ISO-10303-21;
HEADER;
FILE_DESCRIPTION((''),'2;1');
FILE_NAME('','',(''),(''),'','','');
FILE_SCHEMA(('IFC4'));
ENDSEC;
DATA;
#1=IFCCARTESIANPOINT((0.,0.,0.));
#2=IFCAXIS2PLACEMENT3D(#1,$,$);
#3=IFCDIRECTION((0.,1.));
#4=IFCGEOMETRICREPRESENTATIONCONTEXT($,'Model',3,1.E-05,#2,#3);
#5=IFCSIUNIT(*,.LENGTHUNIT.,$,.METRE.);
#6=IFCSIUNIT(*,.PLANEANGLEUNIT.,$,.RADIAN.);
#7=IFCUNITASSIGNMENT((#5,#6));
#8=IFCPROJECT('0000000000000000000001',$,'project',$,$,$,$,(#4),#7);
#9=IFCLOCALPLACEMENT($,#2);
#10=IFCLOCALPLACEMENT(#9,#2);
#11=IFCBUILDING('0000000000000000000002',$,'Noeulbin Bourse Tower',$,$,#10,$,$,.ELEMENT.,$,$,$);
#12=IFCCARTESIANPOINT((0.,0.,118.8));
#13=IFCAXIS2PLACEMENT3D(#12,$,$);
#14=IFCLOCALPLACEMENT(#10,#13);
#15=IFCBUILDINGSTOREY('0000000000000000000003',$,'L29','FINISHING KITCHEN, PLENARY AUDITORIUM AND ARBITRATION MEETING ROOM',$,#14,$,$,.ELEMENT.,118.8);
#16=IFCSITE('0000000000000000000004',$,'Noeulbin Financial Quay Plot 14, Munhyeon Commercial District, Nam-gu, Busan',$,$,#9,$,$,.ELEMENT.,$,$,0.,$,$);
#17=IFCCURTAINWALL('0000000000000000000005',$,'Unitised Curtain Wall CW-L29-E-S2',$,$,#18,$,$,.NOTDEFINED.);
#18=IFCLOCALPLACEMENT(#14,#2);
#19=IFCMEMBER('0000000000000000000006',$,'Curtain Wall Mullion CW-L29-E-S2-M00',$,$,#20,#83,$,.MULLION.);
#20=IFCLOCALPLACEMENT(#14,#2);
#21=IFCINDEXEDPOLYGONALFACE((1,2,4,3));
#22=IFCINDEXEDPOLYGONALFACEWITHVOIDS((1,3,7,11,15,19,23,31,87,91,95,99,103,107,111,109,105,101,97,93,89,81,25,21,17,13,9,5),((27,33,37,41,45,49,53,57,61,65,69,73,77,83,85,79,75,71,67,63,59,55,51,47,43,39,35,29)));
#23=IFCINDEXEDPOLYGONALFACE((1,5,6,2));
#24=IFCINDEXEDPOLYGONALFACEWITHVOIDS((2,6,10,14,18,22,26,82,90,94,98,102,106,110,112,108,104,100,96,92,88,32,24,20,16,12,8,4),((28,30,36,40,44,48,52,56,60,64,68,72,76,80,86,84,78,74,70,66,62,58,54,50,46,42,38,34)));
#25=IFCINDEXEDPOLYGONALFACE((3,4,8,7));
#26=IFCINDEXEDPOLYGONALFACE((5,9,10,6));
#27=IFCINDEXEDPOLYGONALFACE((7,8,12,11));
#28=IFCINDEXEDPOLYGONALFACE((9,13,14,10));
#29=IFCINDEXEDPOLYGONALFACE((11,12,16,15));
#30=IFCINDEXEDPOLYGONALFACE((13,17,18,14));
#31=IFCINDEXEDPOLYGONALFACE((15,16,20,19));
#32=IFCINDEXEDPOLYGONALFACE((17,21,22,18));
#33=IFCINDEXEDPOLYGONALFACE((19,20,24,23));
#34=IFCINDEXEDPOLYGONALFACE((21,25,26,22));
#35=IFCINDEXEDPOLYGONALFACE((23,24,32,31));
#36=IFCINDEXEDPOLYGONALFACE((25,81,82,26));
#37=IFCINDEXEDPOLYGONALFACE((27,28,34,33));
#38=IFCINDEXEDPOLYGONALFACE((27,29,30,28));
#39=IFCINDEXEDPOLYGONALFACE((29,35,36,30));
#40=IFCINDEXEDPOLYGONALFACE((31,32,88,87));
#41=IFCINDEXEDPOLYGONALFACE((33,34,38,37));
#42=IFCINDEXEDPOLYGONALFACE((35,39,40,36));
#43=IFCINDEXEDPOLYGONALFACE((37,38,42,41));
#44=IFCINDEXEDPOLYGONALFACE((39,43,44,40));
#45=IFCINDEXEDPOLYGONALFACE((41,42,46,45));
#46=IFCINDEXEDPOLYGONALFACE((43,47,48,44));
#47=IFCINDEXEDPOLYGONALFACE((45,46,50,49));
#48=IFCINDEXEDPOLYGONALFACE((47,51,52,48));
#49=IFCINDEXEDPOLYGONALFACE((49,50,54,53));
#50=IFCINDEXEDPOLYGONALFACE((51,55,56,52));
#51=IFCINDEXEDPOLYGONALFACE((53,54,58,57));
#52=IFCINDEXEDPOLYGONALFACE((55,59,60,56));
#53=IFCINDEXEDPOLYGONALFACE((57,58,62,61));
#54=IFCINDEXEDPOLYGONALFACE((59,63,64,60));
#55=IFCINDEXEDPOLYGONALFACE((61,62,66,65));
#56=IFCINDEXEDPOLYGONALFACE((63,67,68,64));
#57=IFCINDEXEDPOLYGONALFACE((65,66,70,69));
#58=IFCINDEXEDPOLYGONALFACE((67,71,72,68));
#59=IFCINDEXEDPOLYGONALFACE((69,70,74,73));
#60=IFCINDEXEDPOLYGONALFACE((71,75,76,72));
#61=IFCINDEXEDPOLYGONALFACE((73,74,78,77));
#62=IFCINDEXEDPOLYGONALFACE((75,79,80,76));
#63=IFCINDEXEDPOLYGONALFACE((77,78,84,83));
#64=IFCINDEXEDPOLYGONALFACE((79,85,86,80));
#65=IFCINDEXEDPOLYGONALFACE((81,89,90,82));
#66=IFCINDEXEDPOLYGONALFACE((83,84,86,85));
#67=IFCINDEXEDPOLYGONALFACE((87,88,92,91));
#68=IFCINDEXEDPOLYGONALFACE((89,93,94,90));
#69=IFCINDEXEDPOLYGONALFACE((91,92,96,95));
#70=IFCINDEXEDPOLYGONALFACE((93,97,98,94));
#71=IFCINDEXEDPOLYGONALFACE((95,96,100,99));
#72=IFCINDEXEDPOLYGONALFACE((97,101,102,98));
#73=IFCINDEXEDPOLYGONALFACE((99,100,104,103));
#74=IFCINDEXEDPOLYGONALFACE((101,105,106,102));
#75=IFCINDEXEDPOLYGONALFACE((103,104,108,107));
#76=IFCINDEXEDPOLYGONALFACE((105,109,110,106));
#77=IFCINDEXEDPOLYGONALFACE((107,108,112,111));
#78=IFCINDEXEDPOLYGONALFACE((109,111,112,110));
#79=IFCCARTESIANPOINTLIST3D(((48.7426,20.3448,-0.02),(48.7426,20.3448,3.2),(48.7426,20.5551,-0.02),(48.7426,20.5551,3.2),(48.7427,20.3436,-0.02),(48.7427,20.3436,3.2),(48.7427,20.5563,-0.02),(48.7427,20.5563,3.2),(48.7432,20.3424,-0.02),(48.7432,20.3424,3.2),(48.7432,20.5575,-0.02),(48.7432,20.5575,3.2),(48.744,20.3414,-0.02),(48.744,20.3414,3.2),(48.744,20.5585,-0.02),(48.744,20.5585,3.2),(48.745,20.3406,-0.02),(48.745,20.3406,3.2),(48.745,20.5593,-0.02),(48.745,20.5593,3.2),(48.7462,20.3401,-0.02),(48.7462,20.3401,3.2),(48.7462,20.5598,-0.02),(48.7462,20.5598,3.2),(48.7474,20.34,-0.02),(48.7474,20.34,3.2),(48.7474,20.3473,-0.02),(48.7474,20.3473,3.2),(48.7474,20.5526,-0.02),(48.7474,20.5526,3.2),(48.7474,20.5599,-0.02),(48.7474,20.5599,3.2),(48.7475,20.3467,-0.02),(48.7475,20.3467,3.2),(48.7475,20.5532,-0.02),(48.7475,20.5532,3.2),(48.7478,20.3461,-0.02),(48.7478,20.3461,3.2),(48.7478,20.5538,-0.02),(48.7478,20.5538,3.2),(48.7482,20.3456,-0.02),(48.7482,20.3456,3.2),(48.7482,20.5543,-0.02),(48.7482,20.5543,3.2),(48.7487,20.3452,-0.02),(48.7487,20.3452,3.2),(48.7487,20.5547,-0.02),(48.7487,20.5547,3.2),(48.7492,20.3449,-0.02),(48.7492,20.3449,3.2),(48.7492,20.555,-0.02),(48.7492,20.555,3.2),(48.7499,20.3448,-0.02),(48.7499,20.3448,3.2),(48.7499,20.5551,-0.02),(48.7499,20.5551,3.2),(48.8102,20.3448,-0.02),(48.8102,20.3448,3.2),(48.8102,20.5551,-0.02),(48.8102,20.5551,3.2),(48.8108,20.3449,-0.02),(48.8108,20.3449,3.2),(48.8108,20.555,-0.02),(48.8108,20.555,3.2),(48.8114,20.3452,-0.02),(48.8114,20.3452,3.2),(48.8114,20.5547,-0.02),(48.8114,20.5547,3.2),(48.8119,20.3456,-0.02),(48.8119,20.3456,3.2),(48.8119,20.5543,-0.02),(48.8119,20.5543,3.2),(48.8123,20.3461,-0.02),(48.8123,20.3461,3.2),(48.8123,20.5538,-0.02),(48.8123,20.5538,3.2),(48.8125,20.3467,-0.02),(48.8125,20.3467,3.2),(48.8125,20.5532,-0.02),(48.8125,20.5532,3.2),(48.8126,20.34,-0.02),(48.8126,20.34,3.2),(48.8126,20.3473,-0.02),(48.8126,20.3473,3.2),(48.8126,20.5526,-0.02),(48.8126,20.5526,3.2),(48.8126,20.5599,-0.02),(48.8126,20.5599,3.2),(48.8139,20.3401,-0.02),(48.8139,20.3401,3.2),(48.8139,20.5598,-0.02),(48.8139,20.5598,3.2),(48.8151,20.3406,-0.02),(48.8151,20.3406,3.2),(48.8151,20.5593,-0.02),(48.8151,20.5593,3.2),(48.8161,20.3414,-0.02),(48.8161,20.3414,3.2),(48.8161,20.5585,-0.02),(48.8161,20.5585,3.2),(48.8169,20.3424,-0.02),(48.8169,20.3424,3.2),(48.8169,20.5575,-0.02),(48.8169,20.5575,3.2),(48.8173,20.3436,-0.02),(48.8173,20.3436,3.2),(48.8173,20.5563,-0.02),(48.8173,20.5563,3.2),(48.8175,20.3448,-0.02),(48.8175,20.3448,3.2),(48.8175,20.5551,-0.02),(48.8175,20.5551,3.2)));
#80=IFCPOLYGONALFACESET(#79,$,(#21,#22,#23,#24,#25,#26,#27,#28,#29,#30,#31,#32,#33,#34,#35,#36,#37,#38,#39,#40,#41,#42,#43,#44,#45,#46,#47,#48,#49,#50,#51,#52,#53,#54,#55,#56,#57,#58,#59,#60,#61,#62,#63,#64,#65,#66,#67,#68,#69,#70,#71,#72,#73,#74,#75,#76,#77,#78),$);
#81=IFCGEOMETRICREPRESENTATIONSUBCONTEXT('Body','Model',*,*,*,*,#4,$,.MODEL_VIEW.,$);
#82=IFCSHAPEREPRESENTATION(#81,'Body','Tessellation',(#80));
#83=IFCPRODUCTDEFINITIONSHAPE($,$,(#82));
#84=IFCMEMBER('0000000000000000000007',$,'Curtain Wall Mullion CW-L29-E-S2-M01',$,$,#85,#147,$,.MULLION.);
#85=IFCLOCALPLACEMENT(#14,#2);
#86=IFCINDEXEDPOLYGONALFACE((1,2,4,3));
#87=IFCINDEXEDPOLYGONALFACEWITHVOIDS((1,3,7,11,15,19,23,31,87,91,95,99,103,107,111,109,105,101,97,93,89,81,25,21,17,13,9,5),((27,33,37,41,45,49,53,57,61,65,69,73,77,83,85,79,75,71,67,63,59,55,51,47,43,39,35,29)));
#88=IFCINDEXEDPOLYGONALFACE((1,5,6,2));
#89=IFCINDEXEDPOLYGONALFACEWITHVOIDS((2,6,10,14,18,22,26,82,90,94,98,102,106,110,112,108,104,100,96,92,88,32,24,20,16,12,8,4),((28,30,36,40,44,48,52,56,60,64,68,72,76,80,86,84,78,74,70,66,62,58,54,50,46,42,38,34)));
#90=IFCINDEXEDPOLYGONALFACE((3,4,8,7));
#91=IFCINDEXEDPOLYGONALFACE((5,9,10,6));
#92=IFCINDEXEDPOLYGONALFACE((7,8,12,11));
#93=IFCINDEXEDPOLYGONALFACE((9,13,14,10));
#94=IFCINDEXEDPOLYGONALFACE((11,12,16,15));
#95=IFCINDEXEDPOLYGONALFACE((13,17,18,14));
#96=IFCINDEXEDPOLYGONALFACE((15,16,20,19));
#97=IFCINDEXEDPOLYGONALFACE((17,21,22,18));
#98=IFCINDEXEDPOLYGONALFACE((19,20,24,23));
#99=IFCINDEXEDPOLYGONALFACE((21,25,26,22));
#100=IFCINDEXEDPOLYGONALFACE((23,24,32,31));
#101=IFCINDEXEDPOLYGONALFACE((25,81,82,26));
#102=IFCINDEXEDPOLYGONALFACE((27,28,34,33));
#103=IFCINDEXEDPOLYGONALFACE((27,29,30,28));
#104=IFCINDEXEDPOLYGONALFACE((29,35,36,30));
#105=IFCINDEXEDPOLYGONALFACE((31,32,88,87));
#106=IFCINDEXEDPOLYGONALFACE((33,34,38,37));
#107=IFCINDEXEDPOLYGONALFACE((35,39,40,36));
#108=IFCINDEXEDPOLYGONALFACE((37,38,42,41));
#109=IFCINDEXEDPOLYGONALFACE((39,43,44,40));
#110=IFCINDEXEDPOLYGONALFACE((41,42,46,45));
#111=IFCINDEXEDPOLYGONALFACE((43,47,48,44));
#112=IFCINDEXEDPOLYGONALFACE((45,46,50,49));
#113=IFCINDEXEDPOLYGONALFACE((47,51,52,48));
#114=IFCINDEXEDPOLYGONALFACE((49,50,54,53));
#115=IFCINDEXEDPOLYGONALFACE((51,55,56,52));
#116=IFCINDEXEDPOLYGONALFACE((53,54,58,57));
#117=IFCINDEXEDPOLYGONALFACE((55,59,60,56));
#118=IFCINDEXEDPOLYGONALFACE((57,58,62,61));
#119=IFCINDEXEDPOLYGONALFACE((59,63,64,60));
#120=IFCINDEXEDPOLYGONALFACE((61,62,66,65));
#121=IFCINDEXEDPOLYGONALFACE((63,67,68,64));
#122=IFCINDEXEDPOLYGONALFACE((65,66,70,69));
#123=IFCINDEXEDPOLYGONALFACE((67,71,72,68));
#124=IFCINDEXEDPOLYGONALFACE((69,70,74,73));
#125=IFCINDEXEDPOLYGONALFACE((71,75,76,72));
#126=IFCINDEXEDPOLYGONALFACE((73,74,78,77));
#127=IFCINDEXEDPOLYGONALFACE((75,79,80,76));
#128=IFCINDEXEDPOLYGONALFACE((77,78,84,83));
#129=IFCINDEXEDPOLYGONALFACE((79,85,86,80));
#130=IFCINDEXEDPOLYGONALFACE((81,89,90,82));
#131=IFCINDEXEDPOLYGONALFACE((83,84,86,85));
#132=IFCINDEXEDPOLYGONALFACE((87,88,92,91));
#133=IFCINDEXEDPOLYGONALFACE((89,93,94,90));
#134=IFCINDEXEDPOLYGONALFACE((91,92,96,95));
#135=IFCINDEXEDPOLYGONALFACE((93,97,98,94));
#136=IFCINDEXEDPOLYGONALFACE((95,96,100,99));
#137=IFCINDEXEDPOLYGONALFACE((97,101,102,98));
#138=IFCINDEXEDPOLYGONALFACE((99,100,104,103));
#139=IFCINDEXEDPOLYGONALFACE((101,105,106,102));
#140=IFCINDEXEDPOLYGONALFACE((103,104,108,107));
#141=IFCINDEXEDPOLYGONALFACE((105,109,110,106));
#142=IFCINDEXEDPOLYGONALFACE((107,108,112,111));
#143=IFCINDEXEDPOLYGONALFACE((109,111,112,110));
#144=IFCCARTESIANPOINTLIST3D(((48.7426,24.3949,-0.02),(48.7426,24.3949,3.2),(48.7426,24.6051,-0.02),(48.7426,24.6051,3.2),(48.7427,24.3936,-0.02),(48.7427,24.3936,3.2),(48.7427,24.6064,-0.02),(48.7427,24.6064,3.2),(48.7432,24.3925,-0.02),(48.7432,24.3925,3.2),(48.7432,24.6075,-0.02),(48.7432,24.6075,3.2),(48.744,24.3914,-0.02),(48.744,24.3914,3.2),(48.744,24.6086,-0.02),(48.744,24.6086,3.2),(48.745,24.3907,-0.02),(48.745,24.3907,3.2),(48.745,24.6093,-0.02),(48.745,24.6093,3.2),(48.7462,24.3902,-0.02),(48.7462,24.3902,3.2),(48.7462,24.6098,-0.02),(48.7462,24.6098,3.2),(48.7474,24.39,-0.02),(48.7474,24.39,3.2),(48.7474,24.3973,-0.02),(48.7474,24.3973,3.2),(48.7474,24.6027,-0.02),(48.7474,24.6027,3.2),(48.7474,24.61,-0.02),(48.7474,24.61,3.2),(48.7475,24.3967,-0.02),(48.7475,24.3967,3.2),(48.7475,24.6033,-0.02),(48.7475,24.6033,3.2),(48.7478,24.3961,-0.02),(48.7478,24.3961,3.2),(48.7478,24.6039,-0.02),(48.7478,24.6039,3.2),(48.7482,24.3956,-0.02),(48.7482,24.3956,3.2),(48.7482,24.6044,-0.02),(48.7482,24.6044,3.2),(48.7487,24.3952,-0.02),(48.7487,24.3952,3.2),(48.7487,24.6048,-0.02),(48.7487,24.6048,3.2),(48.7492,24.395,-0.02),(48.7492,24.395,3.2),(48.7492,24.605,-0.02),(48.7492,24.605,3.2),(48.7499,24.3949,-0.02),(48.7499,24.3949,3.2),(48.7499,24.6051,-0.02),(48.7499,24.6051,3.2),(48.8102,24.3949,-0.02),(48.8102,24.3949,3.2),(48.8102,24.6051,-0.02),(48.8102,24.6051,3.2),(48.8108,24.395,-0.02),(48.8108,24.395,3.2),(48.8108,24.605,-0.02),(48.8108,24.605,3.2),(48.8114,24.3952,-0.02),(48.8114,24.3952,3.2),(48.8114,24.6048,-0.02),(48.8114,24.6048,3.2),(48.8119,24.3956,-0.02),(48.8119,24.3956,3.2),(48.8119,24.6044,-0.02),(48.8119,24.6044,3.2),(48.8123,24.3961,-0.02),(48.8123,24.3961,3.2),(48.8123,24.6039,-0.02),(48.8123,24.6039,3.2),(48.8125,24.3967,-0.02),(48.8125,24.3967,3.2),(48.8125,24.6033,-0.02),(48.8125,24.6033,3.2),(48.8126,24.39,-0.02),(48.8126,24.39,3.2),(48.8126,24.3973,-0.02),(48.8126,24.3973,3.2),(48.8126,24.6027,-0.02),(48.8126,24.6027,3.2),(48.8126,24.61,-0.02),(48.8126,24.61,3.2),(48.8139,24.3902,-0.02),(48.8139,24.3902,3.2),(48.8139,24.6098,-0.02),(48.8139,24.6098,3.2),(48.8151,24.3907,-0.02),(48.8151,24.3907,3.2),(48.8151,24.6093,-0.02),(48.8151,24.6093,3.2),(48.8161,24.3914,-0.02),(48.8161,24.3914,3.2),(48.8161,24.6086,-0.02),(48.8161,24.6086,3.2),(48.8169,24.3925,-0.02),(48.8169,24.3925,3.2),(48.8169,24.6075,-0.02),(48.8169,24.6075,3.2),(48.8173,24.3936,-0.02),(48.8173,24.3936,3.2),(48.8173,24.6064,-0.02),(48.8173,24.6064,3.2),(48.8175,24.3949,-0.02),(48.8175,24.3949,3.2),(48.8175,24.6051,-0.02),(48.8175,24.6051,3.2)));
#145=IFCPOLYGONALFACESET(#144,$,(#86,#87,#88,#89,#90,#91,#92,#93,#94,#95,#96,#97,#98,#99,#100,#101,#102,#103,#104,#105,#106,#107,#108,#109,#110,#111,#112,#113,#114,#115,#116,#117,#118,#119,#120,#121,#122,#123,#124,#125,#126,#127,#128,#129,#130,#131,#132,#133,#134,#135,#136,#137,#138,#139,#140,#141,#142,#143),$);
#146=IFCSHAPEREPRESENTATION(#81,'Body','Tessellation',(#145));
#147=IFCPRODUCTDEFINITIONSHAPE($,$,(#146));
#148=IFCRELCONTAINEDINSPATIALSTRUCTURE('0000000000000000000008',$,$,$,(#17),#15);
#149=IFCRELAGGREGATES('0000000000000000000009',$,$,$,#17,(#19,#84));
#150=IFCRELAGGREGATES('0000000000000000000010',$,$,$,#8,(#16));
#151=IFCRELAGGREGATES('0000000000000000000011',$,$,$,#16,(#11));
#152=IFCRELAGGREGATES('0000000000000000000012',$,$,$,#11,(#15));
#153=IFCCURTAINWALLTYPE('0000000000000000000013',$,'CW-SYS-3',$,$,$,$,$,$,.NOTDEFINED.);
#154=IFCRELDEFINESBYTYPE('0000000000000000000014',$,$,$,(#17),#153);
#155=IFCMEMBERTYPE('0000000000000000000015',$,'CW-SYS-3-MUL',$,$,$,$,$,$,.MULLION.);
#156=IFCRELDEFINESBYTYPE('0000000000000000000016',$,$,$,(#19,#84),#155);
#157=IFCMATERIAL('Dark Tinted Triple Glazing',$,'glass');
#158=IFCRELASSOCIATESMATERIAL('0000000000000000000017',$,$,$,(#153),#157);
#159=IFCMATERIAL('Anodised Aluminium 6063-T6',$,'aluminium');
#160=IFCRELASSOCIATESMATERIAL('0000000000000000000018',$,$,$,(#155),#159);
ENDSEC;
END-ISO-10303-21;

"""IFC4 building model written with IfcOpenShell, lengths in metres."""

from ifc_helpers import new_model, si_unit, direction, frame, origin, origin_2d, place, context, subcontext, project, spatial, hollow_rectangle, extrude, material, material_profile, profile_set, type_object, element, aggregate, save


model = new_model("IFC4")

# Units and contexts
model_context = context("Model", 3, precision=1e-05, world=origin(), true_north=direction((0.0, 1.0)))
body_context = subcontext(model_context, "Body", "Model", "MODEL_VIEW")
ifc_project = project(units=[si_unit("LENGTHUNIT", "METRE"), si_unit("PLANEANGLEUNIT", "RADIAN")], contexts=[model_context])

# Site, building, storey
site_placement = place(None, origin())
site = spatial("IfcSite", under=ifc_project, at=site_placement, Name="Noeulbin Financial Quay Plot 14, Munhyeon Commercial District, Nam-gu, Busan", CompositionType="ELEMENT", RefElevation=0.0)
building_placement = place(site_placement, origin())
building = spatial("IfcBuilding", under=site, at=building_placement, Name="Noeulbin Bourse Tower", CompositionType="ELEMENT")
storey_placement = place(building_placement, frame((0.0, 0.0, 118.8)))
storey = spatial("IfcBuildingStorey", under=building, at=storey_placement, Name="L29", Description="FINISHING KITCHEN, PLENARY AUDITORIUM AND ARBITRATION MEETING ROOM", CompositionType="ELEMENT", Elevation=118.8)

# Curtain wall, members
ifc_material_1 = material(Name="Dark Tinted Triple Glazing", Category="glass")
curtain_wall_type = type_object("IfcCurtainWallType", Name="CW-SYS-3", PredefinedType="NOTDEFINED", material=ifc_material_1)
curtain_wall_1_placement = place(storey_placement, origin())
curtain_wall_1 = element("IfcCurtainWall", 1, at=curtain_wall_1_placement, inside=storey, type_object=curtain_wall_type, Name="Unitised Curtain Wall CW-L29-E-S2", PredefinedType="NOTDEFINED")
ifc_material_2 = material(Name="Anodised Aluminium 6063-T6", Category="aluminium")
ifc_material_profile_1 = material_profile(ifc_material_2, hollow_rectangle(XDim=0.075, YDim=0.22, WallThickness=0.0049, InnerFilletRadius=0.0024, OuterFilletRadius=0.0049, at=origin_2d()), Name="ALU-MULL-75x220x5", Category="LoadBearing")
ifc_profile_set_1 = profile_set([ifc_material_profile_1], Name="Anodised Aluminium 6063-T6")
member_type_1 = type_object("IfcMemberType", Name="CW-SYS-3-MUL", PredefinedType="MULLION", material=ifc_profile_set_1)
member_1_placement = place(storey_placement, frame((48.78, 20.45, -0.02), z_axis=(0.0, 0.0, 1.0), x_axis=(1.0, 0.0, 0.0)))
member_1 = element("IfcMember", 2, at=member_1_placement, type_object=member_type_1, Name="Curtain Wall Mullion CW-L29-E-S2-M00", PredefinedType="MULLION", context=body_context, shape_type="SweptSolid", body=[
    extrude(hollow_rectangle(XDim=0.075, YDim=0.22, WallThickness=0.0049, InnerFilletRadius=0.0024, OuterFilletRadius=0.0049, at=origin_2d()), origin(), (0.0, 0.0, 1.0), 3.22),
])
member_2_placement = place(storey_placement, frame((48.78, 24.5, -0.02), z_axis=(0.0, 0.0, 1.0), x_axis=(1.0, 0.0, 0.0)))
member_2 = element("IfcMember", 3, at=member_2_placement, type_object=member_type_1, Name="Curtain Wall Mullion CW-L29-E-S2-M01", PredefinedType="MULLION", context=body_context, shape_type="SweptSolid", body=[
    extrude(hollow_rectangle(XDim=0.075, YDim=0.22, WallThickness=0.0049, InnerFilletRadius=0.0024, OuterFilletRadius=0.0049, at=origin_2d()), origin(), (0.0, 0.0, 1.0), 3.22),
])

aggregate(curtain_wall_1, [member_1, member_2])

save(model, "model.ifc")
